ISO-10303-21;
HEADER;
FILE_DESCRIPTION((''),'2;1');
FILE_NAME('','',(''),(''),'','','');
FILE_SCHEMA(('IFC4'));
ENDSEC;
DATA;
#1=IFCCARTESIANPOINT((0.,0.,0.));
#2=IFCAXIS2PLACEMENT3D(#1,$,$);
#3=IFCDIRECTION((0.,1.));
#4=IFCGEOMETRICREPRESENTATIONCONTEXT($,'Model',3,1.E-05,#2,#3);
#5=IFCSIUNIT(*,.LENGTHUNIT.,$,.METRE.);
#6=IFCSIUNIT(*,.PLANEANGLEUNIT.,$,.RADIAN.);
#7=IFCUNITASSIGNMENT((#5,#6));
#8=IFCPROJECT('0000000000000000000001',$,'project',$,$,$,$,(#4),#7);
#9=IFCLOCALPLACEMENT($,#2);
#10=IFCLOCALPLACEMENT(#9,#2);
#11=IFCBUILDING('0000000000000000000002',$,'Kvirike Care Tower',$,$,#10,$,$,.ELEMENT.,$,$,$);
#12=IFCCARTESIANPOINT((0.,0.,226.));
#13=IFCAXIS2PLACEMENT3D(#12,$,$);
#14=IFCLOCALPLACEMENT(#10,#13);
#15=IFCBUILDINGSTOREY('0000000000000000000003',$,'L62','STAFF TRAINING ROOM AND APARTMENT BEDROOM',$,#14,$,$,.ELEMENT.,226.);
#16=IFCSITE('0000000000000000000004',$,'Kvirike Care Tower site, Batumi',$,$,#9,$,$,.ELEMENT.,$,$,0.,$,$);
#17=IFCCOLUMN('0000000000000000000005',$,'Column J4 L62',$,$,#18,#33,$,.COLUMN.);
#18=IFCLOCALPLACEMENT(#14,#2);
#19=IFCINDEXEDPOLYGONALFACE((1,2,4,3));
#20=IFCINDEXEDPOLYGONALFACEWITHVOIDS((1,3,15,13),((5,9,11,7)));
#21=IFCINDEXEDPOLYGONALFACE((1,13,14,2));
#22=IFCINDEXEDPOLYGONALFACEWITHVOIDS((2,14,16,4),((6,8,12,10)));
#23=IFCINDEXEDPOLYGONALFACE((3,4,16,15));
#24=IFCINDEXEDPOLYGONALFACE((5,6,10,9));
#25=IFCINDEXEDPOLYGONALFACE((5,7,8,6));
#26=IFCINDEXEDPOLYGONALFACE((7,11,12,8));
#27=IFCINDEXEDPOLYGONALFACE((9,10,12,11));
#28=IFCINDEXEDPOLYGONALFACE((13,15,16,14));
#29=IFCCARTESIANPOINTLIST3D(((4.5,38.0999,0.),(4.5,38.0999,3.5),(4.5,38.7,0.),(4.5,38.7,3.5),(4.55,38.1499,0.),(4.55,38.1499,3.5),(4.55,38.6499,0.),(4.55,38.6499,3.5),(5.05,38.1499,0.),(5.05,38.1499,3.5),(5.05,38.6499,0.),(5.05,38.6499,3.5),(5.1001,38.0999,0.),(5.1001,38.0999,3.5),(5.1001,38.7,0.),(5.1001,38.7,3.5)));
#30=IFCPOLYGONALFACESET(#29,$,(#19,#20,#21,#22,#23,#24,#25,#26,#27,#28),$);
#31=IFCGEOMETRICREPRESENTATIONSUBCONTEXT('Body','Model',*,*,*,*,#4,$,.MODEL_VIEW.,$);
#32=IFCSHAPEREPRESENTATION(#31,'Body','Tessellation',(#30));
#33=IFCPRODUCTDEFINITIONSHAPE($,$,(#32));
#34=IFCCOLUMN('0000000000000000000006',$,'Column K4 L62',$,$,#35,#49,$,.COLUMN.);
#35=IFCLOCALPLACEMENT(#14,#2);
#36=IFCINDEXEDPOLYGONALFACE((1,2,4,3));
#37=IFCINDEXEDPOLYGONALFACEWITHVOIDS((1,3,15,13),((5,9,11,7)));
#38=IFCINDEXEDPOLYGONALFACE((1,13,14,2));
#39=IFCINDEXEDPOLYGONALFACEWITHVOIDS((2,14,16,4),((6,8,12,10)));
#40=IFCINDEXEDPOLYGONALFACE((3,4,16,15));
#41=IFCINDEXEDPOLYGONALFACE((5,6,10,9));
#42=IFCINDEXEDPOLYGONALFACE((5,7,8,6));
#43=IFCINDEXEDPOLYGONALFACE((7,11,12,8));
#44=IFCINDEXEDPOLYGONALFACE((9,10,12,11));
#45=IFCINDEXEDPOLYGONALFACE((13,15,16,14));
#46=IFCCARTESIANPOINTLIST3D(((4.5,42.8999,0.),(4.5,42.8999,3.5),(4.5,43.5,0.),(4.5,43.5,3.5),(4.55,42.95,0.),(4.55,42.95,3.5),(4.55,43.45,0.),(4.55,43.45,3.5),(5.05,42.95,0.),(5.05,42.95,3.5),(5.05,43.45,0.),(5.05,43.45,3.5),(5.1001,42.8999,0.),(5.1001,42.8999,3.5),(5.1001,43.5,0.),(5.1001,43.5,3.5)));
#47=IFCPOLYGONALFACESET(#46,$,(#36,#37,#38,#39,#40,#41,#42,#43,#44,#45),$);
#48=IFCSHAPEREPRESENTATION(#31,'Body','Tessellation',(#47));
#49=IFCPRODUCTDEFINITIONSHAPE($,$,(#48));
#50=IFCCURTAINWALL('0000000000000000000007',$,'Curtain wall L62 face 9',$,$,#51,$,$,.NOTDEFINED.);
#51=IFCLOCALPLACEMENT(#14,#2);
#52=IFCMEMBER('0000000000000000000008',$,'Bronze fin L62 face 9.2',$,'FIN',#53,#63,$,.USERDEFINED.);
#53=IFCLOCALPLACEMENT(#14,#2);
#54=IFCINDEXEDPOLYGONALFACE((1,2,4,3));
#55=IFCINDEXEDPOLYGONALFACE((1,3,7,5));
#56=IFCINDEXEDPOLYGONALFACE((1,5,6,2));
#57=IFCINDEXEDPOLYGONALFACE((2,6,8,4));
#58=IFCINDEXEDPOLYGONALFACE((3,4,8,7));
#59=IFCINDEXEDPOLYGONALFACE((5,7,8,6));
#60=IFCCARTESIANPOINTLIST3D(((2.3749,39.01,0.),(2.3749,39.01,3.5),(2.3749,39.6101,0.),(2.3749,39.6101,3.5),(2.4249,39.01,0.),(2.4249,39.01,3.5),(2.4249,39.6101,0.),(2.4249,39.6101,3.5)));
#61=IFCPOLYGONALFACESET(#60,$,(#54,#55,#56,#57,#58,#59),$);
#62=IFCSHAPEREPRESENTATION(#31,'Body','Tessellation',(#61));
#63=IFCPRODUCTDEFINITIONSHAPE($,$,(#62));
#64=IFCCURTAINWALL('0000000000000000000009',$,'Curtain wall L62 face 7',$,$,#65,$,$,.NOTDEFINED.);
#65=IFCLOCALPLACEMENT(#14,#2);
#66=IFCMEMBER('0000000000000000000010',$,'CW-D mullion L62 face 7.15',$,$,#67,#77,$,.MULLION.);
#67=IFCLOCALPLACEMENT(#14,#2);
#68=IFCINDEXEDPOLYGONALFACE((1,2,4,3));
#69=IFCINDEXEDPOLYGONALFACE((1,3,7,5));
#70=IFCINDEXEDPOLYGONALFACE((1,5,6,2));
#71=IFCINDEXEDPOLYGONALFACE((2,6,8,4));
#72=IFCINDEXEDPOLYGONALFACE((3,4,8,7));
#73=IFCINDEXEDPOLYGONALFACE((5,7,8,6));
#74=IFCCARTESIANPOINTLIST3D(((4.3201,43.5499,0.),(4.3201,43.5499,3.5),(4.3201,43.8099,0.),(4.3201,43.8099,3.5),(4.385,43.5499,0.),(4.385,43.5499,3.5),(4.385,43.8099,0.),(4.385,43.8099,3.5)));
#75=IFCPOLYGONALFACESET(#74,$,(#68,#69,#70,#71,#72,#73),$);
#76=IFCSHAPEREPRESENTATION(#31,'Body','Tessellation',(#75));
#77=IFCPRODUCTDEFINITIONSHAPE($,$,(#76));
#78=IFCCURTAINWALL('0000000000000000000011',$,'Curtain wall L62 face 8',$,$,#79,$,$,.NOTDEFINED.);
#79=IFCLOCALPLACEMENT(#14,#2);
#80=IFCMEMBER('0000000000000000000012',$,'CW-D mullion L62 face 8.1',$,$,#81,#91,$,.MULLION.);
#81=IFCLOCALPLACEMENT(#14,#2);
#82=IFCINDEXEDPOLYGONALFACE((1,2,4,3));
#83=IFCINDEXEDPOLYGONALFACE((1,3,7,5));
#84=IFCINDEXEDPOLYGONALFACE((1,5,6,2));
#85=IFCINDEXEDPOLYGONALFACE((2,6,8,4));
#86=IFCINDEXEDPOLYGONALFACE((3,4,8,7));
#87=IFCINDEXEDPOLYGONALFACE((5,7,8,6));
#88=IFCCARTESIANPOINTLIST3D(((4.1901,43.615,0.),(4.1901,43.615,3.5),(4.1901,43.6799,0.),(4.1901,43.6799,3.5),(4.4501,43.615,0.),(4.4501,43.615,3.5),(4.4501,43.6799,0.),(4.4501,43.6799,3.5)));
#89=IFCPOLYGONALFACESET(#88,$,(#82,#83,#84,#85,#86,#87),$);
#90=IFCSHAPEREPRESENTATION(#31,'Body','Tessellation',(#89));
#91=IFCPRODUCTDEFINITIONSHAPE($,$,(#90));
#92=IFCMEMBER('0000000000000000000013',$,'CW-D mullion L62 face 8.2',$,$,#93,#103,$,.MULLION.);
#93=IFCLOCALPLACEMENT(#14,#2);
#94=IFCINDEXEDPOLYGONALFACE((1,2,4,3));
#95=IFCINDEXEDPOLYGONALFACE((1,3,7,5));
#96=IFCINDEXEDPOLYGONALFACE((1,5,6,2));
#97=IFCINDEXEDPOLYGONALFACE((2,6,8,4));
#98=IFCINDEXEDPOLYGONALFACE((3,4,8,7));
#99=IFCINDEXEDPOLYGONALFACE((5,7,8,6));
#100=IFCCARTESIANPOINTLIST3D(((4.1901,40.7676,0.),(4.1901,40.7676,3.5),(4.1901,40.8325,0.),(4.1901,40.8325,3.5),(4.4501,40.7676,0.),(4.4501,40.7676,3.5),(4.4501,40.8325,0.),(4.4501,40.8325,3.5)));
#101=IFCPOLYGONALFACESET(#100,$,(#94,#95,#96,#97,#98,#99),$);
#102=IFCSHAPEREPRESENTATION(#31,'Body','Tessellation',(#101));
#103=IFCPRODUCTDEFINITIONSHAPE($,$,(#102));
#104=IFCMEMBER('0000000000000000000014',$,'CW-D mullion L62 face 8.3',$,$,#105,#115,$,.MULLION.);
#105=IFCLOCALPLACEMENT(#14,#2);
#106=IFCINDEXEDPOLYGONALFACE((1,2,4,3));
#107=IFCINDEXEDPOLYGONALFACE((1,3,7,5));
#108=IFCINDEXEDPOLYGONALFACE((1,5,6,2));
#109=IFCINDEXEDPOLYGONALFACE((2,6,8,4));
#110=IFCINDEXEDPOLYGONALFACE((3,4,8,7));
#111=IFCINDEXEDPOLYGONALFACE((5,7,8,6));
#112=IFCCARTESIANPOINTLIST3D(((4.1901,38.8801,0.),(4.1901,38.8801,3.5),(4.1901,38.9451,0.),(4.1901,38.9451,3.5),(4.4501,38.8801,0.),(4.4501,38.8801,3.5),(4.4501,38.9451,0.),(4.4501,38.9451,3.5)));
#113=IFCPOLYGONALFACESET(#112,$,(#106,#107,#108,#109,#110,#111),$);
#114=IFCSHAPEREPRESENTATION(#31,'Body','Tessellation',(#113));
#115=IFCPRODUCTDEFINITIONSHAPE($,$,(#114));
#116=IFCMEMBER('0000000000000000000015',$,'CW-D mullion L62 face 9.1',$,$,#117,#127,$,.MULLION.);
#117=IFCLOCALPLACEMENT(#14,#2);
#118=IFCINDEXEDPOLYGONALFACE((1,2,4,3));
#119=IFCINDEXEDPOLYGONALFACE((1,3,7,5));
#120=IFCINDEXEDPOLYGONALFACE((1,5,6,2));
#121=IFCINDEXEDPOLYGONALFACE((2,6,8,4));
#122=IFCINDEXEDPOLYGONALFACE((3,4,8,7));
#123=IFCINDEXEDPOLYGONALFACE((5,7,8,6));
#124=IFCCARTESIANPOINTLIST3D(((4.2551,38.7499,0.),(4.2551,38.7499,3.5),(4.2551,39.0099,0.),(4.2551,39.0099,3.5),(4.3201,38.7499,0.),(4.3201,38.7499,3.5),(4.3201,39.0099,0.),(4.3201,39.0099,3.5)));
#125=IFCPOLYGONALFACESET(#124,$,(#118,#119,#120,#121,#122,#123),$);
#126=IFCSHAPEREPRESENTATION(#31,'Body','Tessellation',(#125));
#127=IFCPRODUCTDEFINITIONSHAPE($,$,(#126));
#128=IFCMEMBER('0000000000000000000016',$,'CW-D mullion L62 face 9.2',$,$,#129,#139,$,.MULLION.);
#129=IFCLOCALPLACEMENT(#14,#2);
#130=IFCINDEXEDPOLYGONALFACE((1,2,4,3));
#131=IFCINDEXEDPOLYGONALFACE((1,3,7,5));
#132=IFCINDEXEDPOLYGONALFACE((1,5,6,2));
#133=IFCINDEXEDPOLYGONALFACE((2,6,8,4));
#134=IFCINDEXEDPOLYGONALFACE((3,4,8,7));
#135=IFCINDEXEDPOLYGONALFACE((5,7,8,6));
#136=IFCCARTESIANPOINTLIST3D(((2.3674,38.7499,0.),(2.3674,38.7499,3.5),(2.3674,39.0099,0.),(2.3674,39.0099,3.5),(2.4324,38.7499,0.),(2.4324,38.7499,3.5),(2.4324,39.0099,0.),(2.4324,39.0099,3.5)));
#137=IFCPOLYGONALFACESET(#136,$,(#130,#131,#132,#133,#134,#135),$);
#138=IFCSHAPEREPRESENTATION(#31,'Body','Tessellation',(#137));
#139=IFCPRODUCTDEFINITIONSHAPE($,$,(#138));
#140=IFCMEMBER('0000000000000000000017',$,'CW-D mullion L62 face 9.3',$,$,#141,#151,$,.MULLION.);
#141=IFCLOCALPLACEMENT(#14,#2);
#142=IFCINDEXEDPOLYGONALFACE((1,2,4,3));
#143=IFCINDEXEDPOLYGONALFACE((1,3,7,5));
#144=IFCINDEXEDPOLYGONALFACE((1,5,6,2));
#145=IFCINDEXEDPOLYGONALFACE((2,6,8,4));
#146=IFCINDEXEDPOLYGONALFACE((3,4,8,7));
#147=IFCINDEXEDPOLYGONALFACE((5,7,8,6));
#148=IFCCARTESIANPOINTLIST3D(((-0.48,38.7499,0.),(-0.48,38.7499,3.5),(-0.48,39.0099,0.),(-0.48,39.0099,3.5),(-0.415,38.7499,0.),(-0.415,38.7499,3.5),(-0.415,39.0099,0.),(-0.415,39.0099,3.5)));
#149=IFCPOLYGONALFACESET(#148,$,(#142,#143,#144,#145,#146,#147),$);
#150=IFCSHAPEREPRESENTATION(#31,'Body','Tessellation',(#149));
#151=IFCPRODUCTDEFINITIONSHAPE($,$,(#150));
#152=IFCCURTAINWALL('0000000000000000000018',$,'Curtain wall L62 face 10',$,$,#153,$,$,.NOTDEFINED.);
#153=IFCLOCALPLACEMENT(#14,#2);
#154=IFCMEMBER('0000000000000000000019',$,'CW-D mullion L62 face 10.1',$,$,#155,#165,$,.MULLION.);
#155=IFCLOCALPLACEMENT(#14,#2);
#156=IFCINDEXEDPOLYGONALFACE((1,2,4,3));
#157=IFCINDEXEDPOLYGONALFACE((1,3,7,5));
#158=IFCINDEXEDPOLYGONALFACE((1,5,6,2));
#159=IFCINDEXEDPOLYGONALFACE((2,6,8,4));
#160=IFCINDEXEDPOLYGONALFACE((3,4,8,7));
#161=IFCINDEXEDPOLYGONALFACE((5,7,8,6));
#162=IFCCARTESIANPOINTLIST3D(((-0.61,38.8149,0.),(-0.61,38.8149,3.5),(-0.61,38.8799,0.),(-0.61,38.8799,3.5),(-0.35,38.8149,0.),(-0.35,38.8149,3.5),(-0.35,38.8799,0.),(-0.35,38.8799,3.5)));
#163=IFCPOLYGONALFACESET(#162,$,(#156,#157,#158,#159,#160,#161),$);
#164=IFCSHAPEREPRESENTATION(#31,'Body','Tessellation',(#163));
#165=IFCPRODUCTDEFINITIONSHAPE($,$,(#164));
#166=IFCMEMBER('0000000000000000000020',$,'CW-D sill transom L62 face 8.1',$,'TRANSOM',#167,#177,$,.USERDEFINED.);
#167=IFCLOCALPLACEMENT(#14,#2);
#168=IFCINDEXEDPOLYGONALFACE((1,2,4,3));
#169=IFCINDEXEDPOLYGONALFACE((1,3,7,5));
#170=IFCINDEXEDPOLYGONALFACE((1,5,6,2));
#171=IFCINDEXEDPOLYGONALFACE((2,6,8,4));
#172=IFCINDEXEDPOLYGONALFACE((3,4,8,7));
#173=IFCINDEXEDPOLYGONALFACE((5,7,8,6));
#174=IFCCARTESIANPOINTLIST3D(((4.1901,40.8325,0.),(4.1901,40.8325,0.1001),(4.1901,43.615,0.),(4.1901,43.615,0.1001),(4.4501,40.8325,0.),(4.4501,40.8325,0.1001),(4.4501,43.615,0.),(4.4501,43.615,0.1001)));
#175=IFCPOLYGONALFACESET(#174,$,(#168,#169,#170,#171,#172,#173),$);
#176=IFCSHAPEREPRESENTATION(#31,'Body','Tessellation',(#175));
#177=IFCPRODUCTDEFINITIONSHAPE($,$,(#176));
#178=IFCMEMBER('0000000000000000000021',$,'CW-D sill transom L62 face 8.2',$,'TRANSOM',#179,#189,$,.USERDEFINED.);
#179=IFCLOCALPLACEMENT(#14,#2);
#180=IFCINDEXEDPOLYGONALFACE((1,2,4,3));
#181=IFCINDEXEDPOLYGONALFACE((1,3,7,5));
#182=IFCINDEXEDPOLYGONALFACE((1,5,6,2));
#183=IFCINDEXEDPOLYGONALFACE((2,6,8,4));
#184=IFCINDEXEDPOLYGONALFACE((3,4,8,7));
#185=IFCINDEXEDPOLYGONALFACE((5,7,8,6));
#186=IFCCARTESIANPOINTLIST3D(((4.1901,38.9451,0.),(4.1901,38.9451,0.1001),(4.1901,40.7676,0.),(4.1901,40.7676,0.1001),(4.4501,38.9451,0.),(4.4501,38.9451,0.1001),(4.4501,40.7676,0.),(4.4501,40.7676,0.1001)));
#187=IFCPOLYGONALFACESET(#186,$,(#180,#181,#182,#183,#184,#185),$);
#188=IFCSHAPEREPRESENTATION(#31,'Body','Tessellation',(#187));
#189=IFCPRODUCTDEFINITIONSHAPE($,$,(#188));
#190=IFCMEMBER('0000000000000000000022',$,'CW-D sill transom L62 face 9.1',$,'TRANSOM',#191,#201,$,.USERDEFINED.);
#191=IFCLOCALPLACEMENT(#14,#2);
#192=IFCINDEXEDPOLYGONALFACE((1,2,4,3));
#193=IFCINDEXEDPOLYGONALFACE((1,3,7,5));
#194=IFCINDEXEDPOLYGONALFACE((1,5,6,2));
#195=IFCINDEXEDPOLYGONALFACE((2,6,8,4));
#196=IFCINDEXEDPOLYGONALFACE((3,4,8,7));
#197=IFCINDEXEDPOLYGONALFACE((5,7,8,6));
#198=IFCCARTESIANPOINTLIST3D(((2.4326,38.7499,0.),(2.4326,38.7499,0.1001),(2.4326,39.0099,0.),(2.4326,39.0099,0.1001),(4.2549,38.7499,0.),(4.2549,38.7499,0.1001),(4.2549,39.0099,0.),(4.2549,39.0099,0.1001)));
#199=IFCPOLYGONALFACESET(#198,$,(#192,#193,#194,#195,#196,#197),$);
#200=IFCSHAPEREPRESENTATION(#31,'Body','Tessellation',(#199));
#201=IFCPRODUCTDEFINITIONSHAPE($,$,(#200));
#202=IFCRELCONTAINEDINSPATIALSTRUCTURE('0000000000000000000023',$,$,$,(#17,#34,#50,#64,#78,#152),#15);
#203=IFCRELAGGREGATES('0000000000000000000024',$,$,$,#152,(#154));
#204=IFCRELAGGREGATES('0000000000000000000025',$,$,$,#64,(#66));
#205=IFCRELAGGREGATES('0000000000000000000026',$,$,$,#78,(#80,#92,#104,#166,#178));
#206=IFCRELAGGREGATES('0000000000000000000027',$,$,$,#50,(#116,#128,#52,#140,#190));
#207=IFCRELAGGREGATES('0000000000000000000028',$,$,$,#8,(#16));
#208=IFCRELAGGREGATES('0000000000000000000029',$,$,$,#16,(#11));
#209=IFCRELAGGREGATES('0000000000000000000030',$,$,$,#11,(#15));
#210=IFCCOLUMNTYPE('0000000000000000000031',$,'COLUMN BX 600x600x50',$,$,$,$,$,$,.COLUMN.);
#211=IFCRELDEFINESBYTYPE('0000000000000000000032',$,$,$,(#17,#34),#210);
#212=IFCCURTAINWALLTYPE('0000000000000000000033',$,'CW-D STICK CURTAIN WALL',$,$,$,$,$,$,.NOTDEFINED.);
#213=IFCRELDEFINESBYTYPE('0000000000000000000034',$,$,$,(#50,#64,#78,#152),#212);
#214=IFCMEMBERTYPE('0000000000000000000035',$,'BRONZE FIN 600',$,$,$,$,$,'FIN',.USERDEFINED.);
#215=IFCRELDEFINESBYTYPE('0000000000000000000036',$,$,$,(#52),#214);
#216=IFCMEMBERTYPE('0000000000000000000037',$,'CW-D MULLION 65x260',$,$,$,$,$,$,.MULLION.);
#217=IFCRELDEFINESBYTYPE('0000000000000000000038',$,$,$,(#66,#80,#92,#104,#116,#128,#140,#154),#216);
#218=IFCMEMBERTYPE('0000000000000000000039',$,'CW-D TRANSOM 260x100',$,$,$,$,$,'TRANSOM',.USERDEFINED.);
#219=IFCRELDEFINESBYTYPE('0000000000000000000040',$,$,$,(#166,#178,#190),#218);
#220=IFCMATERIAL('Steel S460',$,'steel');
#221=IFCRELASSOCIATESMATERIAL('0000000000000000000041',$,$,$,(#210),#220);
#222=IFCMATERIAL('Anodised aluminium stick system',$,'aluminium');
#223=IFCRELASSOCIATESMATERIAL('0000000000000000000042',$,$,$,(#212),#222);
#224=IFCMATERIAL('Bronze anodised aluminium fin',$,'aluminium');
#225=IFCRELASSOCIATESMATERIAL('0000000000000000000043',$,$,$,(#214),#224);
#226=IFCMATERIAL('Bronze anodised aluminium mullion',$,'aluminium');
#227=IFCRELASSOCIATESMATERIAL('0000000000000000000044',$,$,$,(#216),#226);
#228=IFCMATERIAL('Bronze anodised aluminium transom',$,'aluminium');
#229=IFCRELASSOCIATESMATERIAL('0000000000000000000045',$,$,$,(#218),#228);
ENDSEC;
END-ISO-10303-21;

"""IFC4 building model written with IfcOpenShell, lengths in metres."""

from ifc_helpers import new_model, si_unit, direction, frame, origin, origin_2d, place, context, subcontext, project, spatial, rectangle, hollow_rectangle, extrude, material, material_profile, profile_set, type_object, element, aggregate, save


model = new_model("IFC4")

# Units and contexts
model_context = context("Model", 3, precision=1e-05, world=origin(), true_north=direction((0.0, 1.0)))
body_context = subcontext(model_context, "Body", "Model", "MODEL_VIEW")
ifc_project = project(units=[si_unit("LENGTHUNIT", "METRE"), si_unit("PLANEANGLEUNIT", "RADIAN")], contexts=[model_context])

# Site, building, storey
site_placement = place(None, origin())
site = spatial("IfcSite", under=ifc_project, at=site_placement, Name="Kvirike Care Tower site, Batumi", CompositionType="ELEMENT", RefElevation=0.0)
building_placement = place(site_placement, origin())
building = spatial("IfcBuilding", under=site, at=building_placement, Name="Kvirike Care Tower", CompositionType="ELEMENT")
storey_placement = place(building_placement, frame((0.0, 0.0, 226.0)))
storey = spatial("IfcBuildingStorey", under=building, at=storey_placement, Name="L62", Description="STAFF TRAINING ROOM AND APARTMENT BEDROOM", CompositionType="ELEMENT", Elevation=226.0)

# Columns
ifc_material_1 = material(Name="Steel S460", Category="steel")
ifc_material_profile_1 = material_profile(ifc_material_1, hollow_rectangle(XDim=0.6001, YDim=0.6001, WallThickness=0.05, at=origin_2d()), Name="BX 600x600x50")
ifc_profile_set_1 = profile_set([ifc_material_profile_1], Name="Steel S460")
column_type = type_object("IfcColumnType", Name="COLUMN BX 600x600x50", PredefinedType="COLUMN", material=ifc_profile_set_1)
for number, where, z_axis, x_axis, name in (
    (1, (4.8, 38.3999, 0.0), (0.0, 0.0, 1.0), (0.0, 1.0, 0.0), "Column J4 L62"),
    (2, (4.8, 43.2, 0.0), (0.0, 0.0, 1.0), (0.0, 1.0, 0.0), "Column K4 L62"),
):
    element("IfcColumn", number, at=place(storey_placement, frame(where, z_axis=z_axis, x_axis=x_axis)), inside=storey, type_object=column_type, Name=name, PredefinedType="COLUMN", context=body_context, shape_type="SweptSolid", body=[
        extrude(hollow_rectangle(XDim=0.6001, YDim=0.6001, WallThickness=0.05, at=origin_2d()), origin(), (0.0, 0.0, 1.0), 3.5),
    ])

# Curtain walls, members
ifc_material_2 = material(Name="Anodised aluminium stick system", Category="aluminium")
curtain_wall_type = type_object("IfcCurtainWallType", Name="CW-D STICK CURTAIN WALL", PredefinedType="NOTDEFINED", material=ifc_material_2)
curtain_wall_1_placement = place(storey_placement, origin())
curtain_wall_1 = element("IfcCurtainWall", 3, at=curtain_wall_1_placement, inside=storey, type_object=curtain_wall_type, Name="Curtain wall L62 face 9", PredefinedType="NOTDEFINED")
ifc_material_3 = material(Name="Bronze anodised aluminium fin", Category="aluminium")
ifc_material_profile_2 = material_profile(ifc_material_3, rectangle(XDim=0.05, YDim=0.6001, at=origin_2d()), Name="BRONZE FIN 600")
ifc_profile_set_2 = profile_set([ifc_material_profile_2], Name="Bronze anodised aluminium fin")
member_type_1 = type_object("IfcMemberType", Name="BRONZE FIN 600", ElementType="FIN", PredefinedType="USERDEFINED", material=ifc_profile_set_2)
member_1_placement = place(storey_placement, frame((2.3999, 39.3101, 0.0), z_axis=(0.0, 0.0, 1.0), x_axis=(-1.0, 0.0, 0.0)))
member_1 = element("IfcMember", 4, at=member_1_placement, type_object=member_type_1, Name="Bronze fin L62 face 9.2", ObjectType="FIN", PredefinedType="USERDEFINED", context=body_context, shape_type="SweptSolid", body=[
    extrude(rectangle(XDim=0.05, YDim=0.6001, at=origin_2d()), origin(), (0.0, 0.0, 1.0), 3.5),
])
curtain_wall_2_placement = place(storey_placement, origin())
curtain_wall_2 = element("IfcCurtainWall", 5, at=curtain_wall_2_placement, inside=storey, type_object=curtain_wall_type, Name="Curtain wall L62 face 7", PredefinedType="NOTDEFINED")
ifc_material_4 = material(Name="Bronze anodised aluminium mullion", Category="aluminium")
ifc_material_profile_3 = material_profile(ifc_material_4, rectangle(XDim=0.0649, YDim=0.26, at=origin_2d()), Name="CW-D MULLION 65x260")
ifc_profile_set_3 = profile_set([ifc_material_profile_3], Name="Bronze anodised aluminium mullion")
member_type_2 = type_object("IfcMemberType", Name="CW-D MULLION 65x260", PredefinedType="MULLION", material=ifc_profile_set_3)
member_2_placement = place(storey_placement, frame((4.3525, 43.6799, 0.0), z_axis=(0.0, 0.0, 1.0), x_axis=(-1.0, 0.0, 0.0)))
member_2 = element("IfcMember", 6, at=member_2_placement, type_object=member_type_2, Name="CW-D mullion L62 face 7.15", PredefinedType="MULLION", context=body_context, shape_type="SweptSolid", body=[
    extrude(rectangle(XDim=0.0649, YDim=0.26, at=origin_2d()), origin(), (0.0, 0.0, 1.0), 3.5),
])

# Curtain wall, members
curtain_wall_3_placement = place(storey_placement, origin())
curtain_wall_3 = element("IfcCurtainWall", 7, at=curtain_wall_3_placement, inside=storey, type_object=curtain_wall_type, Name="Curtain wall L62 face 8", PredefinedType="NOTDEFINED")
member_3_placement = place(storey_placement, frame((4.3201, 43.6475, 0.0), z_axis=(0.0, 0.0, 1.0), x_axis=(0.0, -1.0, 0.0)))
member_3 = element("IfcMember", 8, at=member_3_placement, type_object=member_type_2, Name="CW-D mullion L62 face 8.1", PredefinedType="MULLION", context=body_context, shape_type="SweptSolid", body=[
    extrude(rectangle(XDim=0.0649, YDim=0.26, at=origin_2d()), origin(), (0.0, 0.0, 1.0), 3.5),
])
member_4_placement = place(storey_placement, frame((4.3201, 40.8, 0.0), z_axis=(0.0, 0.0, 1.0), x_axis=(0.0, -1.0, 0.0)))
member_4 = element("IfcMember", 9, at=member_4_placement, type_object=member_type_2, Name="CW-D mullion L62 face 8.2", PredefinedType="MULLION", context=body_context, shape_type="SweptSolid", body=[
    extrude(rectangle(XDim=0.0649, YDim=0.26, at=origin_2d()), origin(), (0.0, 0.0, 1.0), 3.5),
])
member_5_placement = place(storey_placement, frame((4.3201, 38.9126, 0.0), z_axis=(0.0, 0.0, 1.0), x_axis=(0.0, -1.0, 0.0)))
member_5 = element("IfcMember", 10, at=member_5_placement, type_object=member_type_2, Name="CW-D mullion L62 face 8.3", PredefinedType="MULLION", context=body_context, shape_type="SweptSolid", body=[
    extrude(rectangle(XDim=0.0649, YDim=0.26, at=origin_2d()), origin(), (0.0, 0.0, 1.0), 3.5),
])

# Members
member_6_placement = place(storey_placement, frame((4.2876, 38.8799, 0.0), z_axis=(0.0, 0.0, 1.0), x_axis=(-1.0, 0.0, 0.0)))
member_6 = element("IfcMember", 11, at=member_6_placement, type_object=member_type_2, Name="CW-D mullion L62 face 9.1", PredefinedType="MULLION", context=body_context, shape_type="SweptSolid", body=[
    extrude(rectangle(XDim=0.0649, YDim=0.26, at=origin_2d()), origin(), (0.0, 0.0, 1.0), 3.5),
])
member_7_placement = place(storey_placement, frame((2.3999, 38.8799, 0.0), z_axis=(0.0, 0.0, 1.0), x_axis=(-1.0, 0.0, 0.0)))
member_7 = element("IfcMember", 12, at=member_7_placement, type_object=member_type_2, Name="CW-D mullion L62 face 9.2", PredefinedType="MULLION", context=body_context, shape_type="SweptSolid", body=[
    extrude(rectangle(XDim=0.0649, YDim=0.26, at=origin_2d()), origin(), (0.0, 0.0, 1.0), 3.5),
])
member_8_placement = place(storey_placement, frame((-0.4475, 38.8799, 0.0), z_axis=(0.0, 0.0, 1.0), x_axis=(-1.0, 0.0, 0.0)))
member_8 = element("IfcMember", 13, at=member_8_placement, type_object=member_type_2, Name="CW-D mullion L62 face 9.3", PredefinedType="MULLION", context=body_context, shape_type="SweptSolid", body=[
    extrude(rectangle(XDim=0.0649, YDim=0.26, at=origin_2d()), origin(), (0.0, 0.0, 1.0), 3.5),
])

# Curtain wall, member
curtain_wall_4_placement = place(storey_placement, origin())
curtain_wall_4 = element("IfcCurtainWall", 14, at=curtain_wall_4_placement, inside=storey, type_object=curtain_wall_type, Name="Curtain wall L62 face 10", PredefinedType="NOTDEFINED")
member_9_placement = place(storey_placement, frame((-0.48, 38.8474, 0.0), z_axis=(0.0, 0.0, 1.0), x_axis=(0.0, -1.0, 0.0)))
member_9 = element("IfcMember", 15, at=member_9_placement, type_object=member_type_2, Name="CW-D mullion L62 face 10.1", PredefinedType="MULLION", context=body_context, shape_type="SweptSolid", body=[
    extrude(rectangle(XDim=0.0649, YDim=0.26, at=origin_2d()), origin(), (0.0, 0.0, 1.0), 3.5),
])

# Members
ifc_material_5 = material(Name="Bronze anodised aluminium transom", Category="aluminium")
ifc_material_profile_4 = material_profile(ifc_material_5, rectangle(XDim=0.26, YDim=0.1001, at=origin_2d()), Name="CW-D TRANSOM 260x100")
ifc_profile_set_4 = profile_set([ifc_material_profile_4], Name="Bronze anodised aluminium transom")
member_type_3 = type_object("IfcMemberType", Name="CW-D TRANSOM 260x100", ElementType="TRANSOM", PredefinedType="USERDEFINED", material=ifc_profile_set_4)
member_10_placement = place(storey_placement, frame((4.3201, 43.615, 0.05), z_axis=(0.0, -1.0, 0.0), x_axis=(1.0, 0.0, 0.0)))
member_10 = element("IfcMember", 16, at=member_10_placement, type_object=member_type_3, Name="CW-D sill transom L62 face 8.1", ObjectType="TRANSOM", PredefinedType="USERDEFINED", context=body_context, shape_type="SweptSolid", body=[
    extrude(rectangle(XDim=0.26, YDim=0.1001, at=origin_2d()), origin(), (0.0, 0.0, 1.0), 2.7825),
])
member_11_placement = place(storey_placement, frame((4.3201, 40.7676, 0.05), z_axis=(0.0, -1.0, 0.0), x_axis=(1.0, 0.0, 0.0)))
member_11 = element("IfcMember", 17, at=member_11_placement, type_object=member_type_3, Name="CW-D sill transom L62 face 8.2", ObjectType="TRANSOM", PredefinedType="USERDEFINED", context=body_context, shape_type="SweptSolid", body=[
    extrude(rectangle(XDim=0.26, YDim=0.1001, at=origin_2d()), origin(), (0.0, 0.0, 1.0), 1.8225),
])
member_12_placement = place(storey_placement, frame((4.2549, 38.8799, 0.05), z_axis=(-1.0, 0.0, 0.0), x_axis=(0.0, -1.0, 0.0)))
member_12 = element("IfcMember", 18, at=member_12_placement, type_object=member_type_3, Name="CW-D sill transom L62 face 9.1", ObjectType="TRANSOM", PredefinedType="USERDEFINED", context=body_context, shape_type="SweptSolid", body=[
    extrude(rectangle(XDim=0.26, YDim=0.1001, at=origin_2d()), origin(), (0.0, 0.0, 1.0), 1.8223),
])
aggregate(curtain_wall_4, [member_9])

aggregate(curtain_wall_2, [member_2])
aggregate(curtain_wall_3, [member_3, member_4, member_5, member_10, member_11])
aggregate(curtain_wall_1, [member_6, member_7, member_1, member_8, member_12])

save(model, "model.ifc")
